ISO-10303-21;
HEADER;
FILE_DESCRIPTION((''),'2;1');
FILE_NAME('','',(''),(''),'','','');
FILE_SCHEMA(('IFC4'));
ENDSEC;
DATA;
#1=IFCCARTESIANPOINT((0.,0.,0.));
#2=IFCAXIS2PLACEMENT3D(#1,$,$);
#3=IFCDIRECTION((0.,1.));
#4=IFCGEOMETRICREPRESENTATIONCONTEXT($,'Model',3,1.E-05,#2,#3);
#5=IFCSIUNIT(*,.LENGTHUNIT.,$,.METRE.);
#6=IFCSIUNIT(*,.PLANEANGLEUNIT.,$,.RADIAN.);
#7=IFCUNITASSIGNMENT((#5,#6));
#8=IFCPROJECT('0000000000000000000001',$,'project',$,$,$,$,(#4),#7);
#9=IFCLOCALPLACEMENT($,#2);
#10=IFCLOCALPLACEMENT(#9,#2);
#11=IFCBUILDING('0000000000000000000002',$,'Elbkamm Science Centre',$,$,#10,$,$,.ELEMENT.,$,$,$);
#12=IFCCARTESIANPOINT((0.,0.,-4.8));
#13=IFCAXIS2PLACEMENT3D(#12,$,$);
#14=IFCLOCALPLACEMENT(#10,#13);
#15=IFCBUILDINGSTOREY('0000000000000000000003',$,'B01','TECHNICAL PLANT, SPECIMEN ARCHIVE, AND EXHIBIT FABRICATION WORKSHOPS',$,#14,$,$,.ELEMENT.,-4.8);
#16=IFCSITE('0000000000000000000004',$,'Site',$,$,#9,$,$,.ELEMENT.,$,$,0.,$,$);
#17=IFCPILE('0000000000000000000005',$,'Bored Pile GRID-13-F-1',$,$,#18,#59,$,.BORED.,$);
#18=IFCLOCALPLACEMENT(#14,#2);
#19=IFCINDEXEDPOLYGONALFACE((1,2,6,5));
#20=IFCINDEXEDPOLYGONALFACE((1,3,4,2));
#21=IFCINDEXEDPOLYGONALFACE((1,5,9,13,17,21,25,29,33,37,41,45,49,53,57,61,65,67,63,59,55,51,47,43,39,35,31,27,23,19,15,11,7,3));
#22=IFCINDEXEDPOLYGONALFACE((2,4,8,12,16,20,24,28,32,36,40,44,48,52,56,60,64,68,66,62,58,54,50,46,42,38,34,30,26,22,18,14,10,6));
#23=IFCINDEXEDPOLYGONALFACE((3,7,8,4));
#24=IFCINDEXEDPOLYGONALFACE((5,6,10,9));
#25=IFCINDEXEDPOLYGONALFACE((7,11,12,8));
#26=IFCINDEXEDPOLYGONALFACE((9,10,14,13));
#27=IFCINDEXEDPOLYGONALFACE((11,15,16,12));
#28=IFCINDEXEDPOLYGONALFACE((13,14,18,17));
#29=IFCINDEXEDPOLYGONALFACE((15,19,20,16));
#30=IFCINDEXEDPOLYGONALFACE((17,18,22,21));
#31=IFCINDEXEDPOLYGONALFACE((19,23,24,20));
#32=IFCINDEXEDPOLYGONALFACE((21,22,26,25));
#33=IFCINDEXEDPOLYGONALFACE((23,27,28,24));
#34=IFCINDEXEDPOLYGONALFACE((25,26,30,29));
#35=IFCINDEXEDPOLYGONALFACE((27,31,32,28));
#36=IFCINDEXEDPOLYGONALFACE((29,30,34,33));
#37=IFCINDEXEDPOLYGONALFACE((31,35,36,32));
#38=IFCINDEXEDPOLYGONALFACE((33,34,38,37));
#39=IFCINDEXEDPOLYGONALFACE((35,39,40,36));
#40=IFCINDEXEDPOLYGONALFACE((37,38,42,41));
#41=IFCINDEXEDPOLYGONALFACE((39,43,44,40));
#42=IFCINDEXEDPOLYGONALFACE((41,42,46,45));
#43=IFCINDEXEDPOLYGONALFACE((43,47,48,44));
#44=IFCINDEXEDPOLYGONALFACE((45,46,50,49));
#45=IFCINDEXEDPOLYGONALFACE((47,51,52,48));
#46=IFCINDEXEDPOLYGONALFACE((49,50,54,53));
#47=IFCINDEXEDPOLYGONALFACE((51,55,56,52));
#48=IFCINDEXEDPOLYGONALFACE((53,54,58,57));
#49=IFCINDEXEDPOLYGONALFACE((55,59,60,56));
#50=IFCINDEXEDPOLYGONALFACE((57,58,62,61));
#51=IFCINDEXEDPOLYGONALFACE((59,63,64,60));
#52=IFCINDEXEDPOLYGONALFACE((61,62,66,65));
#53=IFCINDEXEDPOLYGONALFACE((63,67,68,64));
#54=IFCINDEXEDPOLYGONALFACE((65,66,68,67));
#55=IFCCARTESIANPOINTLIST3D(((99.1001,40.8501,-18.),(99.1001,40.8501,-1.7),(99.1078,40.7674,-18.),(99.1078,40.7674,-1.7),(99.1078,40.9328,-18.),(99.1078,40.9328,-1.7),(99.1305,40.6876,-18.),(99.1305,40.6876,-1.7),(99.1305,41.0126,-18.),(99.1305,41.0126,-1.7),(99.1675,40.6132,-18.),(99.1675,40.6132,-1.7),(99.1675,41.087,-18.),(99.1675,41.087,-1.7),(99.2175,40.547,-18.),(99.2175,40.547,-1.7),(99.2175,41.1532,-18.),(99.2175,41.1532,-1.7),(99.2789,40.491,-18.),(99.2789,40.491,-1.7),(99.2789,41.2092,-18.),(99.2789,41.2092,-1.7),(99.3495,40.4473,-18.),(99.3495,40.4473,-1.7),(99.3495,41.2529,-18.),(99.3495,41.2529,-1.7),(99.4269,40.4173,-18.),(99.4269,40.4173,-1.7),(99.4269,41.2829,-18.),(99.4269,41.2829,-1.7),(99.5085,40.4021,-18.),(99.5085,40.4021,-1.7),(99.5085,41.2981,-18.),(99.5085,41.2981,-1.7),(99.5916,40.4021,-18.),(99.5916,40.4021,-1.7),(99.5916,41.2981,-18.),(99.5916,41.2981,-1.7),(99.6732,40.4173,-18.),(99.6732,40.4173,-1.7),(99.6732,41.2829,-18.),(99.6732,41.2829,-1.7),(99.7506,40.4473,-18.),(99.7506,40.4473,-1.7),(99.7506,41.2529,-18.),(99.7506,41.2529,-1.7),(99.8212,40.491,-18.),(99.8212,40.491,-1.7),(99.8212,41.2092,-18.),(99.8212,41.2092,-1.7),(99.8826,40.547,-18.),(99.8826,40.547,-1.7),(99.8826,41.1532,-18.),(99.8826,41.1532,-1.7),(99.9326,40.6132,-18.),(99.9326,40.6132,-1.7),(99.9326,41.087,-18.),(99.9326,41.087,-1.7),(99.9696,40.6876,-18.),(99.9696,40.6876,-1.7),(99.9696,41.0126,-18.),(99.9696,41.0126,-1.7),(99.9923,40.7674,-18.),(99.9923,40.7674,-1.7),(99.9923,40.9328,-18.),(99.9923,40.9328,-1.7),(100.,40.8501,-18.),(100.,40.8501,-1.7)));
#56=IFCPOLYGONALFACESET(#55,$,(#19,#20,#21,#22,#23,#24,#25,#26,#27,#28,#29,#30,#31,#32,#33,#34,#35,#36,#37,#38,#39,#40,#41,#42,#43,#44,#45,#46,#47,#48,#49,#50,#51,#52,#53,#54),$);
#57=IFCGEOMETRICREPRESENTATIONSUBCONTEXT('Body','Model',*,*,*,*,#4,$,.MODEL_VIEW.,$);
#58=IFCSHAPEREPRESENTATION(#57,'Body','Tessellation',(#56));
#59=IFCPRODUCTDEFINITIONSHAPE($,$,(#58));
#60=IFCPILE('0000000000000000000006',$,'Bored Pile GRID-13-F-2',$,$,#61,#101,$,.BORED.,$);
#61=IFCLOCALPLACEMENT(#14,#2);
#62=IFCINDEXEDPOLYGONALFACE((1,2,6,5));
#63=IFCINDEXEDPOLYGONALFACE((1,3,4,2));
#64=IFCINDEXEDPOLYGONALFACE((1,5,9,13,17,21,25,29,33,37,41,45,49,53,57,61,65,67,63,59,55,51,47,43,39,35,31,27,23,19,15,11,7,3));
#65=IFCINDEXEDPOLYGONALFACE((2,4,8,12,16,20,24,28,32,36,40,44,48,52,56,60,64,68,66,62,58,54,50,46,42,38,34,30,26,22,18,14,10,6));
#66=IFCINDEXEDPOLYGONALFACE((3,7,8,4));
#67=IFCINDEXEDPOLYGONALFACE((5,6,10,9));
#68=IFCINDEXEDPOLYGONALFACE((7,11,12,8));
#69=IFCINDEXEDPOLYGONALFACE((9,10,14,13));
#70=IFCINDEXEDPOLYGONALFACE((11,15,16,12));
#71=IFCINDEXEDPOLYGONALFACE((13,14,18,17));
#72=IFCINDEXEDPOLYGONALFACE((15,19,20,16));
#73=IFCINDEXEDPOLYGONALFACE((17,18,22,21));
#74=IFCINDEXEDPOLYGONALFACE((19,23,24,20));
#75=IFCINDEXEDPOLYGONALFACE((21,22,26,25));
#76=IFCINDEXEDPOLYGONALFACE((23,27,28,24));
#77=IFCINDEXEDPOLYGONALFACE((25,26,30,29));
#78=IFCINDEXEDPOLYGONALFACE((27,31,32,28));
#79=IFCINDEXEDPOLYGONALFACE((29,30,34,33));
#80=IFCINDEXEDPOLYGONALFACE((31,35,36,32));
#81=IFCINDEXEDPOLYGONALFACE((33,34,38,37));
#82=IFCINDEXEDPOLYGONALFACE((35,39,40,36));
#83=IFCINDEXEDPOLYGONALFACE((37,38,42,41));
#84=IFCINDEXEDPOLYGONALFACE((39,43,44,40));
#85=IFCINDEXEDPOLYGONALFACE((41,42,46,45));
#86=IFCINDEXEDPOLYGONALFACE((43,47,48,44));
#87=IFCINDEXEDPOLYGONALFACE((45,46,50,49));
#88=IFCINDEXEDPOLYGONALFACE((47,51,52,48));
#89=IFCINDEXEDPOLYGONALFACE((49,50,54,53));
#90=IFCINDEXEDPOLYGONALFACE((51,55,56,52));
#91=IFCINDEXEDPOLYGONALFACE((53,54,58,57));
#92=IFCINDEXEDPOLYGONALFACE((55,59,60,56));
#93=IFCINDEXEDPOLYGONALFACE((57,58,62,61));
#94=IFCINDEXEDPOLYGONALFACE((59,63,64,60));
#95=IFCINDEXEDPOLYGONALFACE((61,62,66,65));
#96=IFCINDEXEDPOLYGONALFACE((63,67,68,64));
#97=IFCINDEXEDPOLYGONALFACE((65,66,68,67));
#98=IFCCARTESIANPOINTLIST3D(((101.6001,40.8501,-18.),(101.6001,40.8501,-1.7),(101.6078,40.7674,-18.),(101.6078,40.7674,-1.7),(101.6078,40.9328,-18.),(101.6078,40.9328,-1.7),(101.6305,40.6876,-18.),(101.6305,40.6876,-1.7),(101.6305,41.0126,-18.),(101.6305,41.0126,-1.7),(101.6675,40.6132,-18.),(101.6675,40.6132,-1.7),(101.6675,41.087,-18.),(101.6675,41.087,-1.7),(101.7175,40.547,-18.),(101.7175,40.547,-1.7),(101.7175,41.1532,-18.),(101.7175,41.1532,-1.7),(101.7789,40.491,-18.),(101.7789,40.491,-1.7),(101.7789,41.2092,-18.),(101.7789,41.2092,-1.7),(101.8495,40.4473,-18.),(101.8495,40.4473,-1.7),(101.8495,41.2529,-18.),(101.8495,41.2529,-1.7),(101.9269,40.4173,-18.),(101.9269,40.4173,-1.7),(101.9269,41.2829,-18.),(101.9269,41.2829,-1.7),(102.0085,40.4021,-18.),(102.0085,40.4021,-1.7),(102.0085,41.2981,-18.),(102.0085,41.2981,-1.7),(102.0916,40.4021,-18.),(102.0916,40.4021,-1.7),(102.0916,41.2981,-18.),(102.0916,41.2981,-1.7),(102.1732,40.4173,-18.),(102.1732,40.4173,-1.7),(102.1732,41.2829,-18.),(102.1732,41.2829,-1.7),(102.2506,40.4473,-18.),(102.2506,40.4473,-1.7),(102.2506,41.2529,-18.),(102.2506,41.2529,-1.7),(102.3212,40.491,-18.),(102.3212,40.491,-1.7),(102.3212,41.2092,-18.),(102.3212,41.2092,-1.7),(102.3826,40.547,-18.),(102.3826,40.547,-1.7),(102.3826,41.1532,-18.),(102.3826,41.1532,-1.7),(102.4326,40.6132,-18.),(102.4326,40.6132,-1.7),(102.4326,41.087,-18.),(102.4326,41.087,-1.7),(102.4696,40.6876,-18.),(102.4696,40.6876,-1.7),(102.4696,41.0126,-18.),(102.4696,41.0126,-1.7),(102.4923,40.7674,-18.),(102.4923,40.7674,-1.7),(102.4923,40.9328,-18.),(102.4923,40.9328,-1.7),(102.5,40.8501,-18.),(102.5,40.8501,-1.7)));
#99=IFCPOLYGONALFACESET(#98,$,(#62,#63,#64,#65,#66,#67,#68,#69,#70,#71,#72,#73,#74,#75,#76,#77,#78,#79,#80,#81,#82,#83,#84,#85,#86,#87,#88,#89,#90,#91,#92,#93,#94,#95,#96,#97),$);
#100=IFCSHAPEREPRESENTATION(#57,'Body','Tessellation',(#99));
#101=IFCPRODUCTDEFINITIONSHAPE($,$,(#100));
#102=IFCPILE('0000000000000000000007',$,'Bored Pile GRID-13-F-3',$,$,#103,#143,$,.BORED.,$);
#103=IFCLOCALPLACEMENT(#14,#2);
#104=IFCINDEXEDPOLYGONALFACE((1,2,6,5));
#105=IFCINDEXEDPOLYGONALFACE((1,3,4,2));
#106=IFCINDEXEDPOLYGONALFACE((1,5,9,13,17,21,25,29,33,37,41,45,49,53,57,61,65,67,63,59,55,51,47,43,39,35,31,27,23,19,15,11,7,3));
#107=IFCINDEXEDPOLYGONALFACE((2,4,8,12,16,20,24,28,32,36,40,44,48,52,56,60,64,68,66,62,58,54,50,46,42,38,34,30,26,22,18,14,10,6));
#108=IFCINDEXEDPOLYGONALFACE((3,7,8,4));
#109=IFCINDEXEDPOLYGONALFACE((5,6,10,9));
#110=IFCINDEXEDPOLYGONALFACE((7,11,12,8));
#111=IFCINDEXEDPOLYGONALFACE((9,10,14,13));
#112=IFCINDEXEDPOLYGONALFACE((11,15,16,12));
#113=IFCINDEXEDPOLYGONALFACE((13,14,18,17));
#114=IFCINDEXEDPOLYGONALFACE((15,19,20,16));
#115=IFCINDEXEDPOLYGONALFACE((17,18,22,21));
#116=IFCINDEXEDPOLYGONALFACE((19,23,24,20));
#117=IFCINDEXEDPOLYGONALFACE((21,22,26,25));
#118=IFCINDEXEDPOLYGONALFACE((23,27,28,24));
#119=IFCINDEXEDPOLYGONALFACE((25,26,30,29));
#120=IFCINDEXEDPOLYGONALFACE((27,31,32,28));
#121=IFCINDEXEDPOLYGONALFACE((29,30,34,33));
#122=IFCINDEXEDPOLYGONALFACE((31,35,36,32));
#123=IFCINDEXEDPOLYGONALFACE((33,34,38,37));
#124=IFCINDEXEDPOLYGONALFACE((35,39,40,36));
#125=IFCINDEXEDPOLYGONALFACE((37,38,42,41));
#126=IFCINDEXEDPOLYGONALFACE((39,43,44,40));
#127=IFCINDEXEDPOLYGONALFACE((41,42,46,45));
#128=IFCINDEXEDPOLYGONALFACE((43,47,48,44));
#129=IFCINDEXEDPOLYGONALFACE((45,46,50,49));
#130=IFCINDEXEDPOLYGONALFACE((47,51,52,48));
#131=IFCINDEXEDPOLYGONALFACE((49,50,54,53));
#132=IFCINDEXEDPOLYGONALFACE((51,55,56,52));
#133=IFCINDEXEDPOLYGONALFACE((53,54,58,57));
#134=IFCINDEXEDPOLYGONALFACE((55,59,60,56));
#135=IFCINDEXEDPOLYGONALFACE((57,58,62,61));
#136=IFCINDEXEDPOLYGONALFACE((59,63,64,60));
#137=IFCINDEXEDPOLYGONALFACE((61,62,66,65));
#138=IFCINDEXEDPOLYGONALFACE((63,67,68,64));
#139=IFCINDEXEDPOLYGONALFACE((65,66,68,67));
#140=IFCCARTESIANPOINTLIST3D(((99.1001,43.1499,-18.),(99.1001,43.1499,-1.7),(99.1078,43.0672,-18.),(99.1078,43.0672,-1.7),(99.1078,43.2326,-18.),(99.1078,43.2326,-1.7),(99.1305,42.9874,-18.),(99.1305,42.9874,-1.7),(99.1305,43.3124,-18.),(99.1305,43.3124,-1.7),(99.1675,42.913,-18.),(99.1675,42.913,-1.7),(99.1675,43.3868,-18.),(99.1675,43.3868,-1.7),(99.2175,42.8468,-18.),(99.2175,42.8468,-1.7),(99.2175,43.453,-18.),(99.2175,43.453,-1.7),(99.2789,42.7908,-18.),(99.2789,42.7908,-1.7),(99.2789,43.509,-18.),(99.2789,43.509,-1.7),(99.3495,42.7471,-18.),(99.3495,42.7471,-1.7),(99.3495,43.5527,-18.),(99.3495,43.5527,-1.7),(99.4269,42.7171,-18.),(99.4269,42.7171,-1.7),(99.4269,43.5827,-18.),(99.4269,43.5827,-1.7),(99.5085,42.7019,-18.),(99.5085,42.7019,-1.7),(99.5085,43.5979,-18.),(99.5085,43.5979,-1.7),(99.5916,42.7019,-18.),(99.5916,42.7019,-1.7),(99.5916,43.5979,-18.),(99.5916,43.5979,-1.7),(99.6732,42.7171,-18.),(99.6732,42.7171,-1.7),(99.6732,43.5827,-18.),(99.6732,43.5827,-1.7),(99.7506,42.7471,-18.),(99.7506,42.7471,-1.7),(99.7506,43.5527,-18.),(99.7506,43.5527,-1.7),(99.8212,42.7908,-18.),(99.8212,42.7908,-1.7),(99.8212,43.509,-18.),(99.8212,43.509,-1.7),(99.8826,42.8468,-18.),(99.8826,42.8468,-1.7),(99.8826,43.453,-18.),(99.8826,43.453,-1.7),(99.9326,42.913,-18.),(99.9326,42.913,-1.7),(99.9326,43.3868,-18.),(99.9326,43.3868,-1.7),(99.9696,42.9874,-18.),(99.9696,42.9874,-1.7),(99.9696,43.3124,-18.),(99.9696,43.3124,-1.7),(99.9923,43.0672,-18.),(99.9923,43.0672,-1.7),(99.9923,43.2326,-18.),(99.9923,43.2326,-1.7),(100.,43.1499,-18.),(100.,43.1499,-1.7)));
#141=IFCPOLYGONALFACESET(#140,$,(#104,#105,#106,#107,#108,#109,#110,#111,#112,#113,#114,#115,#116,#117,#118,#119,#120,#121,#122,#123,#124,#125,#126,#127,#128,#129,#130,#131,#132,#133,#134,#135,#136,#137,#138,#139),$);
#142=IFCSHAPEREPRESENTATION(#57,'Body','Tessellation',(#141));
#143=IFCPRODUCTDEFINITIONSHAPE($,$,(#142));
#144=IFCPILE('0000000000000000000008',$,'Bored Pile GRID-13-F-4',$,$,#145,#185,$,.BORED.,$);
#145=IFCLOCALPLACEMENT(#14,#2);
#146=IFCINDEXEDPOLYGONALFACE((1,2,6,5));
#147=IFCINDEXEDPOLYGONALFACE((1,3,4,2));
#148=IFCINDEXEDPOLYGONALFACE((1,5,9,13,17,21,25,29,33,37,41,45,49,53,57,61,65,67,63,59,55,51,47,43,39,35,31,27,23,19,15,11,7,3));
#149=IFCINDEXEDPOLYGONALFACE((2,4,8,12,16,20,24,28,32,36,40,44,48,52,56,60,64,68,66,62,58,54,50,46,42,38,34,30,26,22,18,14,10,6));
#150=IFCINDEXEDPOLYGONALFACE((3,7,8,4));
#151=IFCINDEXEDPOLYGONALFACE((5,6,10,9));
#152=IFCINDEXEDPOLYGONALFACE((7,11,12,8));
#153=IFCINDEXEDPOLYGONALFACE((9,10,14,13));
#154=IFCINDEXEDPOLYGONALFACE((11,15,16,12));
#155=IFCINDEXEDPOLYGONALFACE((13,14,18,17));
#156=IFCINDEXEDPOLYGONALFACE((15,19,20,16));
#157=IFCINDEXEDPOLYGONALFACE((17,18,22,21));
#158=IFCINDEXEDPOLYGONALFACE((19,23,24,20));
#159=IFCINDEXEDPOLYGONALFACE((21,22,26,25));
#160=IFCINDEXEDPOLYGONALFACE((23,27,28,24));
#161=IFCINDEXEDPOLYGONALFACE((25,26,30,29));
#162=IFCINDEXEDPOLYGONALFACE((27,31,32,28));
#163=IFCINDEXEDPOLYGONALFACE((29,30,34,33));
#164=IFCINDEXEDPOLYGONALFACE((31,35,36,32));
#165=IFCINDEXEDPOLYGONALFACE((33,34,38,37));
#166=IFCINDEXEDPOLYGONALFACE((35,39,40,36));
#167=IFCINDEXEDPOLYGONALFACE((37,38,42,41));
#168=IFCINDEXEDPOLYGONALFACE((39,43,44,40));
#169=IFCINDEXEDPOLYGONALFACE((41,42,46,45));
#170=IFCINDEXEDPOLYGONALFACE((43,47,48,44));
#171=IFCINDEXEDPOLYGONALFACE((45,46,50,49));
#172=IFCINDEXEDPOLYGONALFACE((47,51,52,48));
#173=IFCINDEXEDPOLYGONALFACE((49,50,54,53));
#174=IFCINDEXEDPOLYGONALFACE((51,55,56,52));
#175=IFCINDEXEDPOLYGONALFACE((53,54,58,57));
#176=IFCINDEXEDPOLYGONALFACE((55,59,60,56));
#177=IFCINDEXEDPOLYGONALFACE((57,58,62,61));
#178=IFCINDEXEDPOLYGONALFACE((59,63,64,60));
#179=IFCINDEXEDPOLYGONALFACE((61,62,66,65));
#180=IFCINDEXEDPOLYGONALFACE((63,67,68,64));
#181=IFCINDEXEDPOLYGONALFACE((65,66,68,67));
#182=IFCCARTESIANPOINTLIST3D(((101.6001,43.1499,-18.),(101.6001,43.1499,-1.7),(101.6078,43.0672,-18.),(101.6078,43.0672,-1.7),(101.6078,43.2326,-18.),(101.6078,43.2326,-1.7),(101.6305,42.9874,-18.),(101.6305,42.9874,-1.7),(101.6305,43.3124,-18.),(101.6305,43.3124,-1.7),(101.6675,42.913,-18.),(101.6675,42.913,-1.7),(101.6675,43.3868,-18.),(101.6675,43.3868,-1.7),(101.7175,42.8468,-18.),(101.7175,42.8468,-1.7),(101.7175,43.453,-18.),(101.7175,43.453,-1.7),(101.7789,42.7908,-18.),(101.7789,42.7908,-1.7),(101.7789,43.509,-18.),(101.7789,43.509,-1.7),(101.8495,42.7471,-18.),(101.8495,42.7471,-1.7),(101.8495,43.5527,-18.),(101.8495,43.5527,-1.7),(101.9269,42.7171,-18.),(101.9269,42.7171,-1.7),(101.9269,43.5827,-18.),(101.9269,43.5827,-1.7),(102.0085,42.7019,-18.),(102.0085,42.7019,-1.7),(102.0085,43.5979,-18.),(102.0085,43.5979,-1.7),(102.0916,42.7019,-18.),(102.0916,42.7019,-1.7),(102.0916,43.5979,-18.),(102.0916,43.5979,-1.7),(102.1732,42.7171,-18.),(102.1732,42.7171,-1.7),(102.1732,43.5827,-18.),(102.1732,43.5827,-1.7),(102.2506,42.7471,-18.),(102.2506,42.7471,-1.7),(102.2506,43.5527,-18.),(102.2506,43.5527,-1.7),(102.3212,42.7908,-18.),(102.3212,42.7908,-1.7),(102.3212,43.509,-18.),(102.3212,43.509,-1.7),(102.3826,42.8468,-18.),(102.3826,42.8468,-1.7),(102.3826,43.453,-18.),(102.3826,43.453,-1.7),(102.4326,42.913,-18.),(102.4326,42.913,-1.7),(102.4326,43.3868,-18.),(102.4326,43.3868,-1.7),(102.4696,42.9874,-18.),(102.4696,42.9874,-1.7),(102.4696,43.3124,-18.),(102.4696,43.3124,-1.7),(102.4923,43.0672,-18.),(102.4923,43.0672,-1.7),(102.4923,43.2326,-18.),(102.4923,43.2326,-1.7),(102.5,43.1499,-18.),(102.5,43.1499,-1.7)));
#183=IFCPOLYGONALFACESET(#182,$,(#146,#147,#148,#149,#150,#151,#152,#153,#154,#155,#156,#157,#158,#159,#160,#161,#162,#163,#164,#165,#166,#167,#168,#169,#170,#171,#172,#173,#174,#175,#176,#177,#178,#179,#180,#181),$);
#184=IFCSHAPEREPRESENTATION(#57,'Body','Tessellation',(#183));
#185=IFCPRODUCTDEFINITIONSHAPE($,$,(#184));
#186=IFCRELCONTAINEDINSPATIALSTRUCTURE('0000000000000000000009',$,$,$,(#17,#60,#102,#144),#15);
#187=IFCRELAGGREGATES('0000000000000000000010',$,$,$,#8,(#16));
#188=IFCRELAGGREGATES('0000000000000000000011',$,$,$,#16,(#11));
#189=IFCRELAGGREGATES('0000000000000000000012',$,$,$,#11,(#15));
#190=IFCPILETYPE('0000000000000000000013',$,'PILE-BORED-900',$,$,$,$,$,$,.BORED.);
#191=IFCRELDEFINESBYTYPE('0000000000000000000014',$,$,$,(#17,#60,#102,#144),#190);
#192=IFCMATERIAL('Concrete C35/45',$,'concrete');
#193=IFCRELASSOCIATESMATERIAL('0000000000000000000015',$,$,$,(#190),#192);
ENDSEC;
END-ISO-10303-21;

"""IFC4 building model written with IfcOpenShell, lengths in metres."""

from ifc_helpers import new_model, si_unit, direction, frame, origin, origin_2d, place, context, subcontext, project, spatial, circle, extrude, material, material_profile, profile_set, type_object, element, save


model = new_model("IFC4")

# Units and contexts
model_context = context("Model", 3, precision=1e-05, world=origin(), true_north=direction((0.0, 1.0)))
body_context = subcontext(model_context, "Body", "Model", "MODEL_VIEW")
ifc_project = project(units=[si_unit("LENGTHUNIT", "METRE"), si_unit("PLANEANGLEUNIT", "RADIAN")], contexts=[model_context])

# Site, building, storey
site_placement = place(None, origin())
site = spatial("IfcSite", under=ifc_project, at=site_placement, Name="Site", CompositionType="ELEMENT", RefElevation=0.0)
building_placement = place(site_placement, origin())
building = spatial("IfcBuilding", under=site, at=building_placement, Name="Elbkamm Science Centre", CompositionType="ELEMENT")
storey_placement = place(building_placement, frame((0.0, 0.0, -4.8)))
storey = spatial("IfcBuildingStorey", under=building, at=storey_placement, Name="B01", Description="TECHNICAL PLANT, SPECIMEN ARCHIVE, AND EXHIBIT FABRICATION WORKSHOPS", CompositionType="ELEMENT", Elevation=-4.8)

# Shared definitions
ifc_material_1 = material(Name="Concrete C35/45", Category="concrete")

# Piles
ifc_material_profile_1 = material_profile(ifc_material_1, circle(Radius=0.45, at=origin_2d()), Name="PILE D900")
ifc_profile_set_1 = profile_set([ifc_material_profile_1], Name="Concrete C35/45")
pile_type_1 = type_object("IfcPileType", Name="PILE-BORED-900", PredefinedType="BORED", material=ifc_profile_set_1)
for number, where, z_axis, x_axis, name in (
    (1, (99.55, 40.8501, -1.7), (0.0, 0.0, -1.0), (1.0, 0.0, 0.0), "Bored Pile GRID-13-F-1"),
    (2, (102.05, 40.8501, -1.7), (0.0, 0.0, -1.0), (1.0, 0.0, 0.0), "Bored Pile GRID-13-F-2"),
    (3, (99.55, 43.1499, -1.7), (0.0, 0.0, -1.0), (1.0, 0.0, 0.0), "Bored Pile GRID-13-F-3"),
    (4, (102.05, 43.1499, -1.7), (0.0, 0.0, -1.0), (1.0, 0.0, 0.0), "Bored Pile GRID-13-F-4"),
):
    element("IfcPile", number, at=place(storey_placement, frame(where, z_axis=z_axis, x_axis=x_axis)), inside=storey, type_object=pile_type_1, Name=name, PredefinedType="BORED", context=body_context, shape_type="SweptSolid", body=[
        extrude(circle(Radius=0.45, at=origin_2d()), origin(), (0.0, 0.0, 1.0), 16.3),
    ])

save(model, "model.ifc")
